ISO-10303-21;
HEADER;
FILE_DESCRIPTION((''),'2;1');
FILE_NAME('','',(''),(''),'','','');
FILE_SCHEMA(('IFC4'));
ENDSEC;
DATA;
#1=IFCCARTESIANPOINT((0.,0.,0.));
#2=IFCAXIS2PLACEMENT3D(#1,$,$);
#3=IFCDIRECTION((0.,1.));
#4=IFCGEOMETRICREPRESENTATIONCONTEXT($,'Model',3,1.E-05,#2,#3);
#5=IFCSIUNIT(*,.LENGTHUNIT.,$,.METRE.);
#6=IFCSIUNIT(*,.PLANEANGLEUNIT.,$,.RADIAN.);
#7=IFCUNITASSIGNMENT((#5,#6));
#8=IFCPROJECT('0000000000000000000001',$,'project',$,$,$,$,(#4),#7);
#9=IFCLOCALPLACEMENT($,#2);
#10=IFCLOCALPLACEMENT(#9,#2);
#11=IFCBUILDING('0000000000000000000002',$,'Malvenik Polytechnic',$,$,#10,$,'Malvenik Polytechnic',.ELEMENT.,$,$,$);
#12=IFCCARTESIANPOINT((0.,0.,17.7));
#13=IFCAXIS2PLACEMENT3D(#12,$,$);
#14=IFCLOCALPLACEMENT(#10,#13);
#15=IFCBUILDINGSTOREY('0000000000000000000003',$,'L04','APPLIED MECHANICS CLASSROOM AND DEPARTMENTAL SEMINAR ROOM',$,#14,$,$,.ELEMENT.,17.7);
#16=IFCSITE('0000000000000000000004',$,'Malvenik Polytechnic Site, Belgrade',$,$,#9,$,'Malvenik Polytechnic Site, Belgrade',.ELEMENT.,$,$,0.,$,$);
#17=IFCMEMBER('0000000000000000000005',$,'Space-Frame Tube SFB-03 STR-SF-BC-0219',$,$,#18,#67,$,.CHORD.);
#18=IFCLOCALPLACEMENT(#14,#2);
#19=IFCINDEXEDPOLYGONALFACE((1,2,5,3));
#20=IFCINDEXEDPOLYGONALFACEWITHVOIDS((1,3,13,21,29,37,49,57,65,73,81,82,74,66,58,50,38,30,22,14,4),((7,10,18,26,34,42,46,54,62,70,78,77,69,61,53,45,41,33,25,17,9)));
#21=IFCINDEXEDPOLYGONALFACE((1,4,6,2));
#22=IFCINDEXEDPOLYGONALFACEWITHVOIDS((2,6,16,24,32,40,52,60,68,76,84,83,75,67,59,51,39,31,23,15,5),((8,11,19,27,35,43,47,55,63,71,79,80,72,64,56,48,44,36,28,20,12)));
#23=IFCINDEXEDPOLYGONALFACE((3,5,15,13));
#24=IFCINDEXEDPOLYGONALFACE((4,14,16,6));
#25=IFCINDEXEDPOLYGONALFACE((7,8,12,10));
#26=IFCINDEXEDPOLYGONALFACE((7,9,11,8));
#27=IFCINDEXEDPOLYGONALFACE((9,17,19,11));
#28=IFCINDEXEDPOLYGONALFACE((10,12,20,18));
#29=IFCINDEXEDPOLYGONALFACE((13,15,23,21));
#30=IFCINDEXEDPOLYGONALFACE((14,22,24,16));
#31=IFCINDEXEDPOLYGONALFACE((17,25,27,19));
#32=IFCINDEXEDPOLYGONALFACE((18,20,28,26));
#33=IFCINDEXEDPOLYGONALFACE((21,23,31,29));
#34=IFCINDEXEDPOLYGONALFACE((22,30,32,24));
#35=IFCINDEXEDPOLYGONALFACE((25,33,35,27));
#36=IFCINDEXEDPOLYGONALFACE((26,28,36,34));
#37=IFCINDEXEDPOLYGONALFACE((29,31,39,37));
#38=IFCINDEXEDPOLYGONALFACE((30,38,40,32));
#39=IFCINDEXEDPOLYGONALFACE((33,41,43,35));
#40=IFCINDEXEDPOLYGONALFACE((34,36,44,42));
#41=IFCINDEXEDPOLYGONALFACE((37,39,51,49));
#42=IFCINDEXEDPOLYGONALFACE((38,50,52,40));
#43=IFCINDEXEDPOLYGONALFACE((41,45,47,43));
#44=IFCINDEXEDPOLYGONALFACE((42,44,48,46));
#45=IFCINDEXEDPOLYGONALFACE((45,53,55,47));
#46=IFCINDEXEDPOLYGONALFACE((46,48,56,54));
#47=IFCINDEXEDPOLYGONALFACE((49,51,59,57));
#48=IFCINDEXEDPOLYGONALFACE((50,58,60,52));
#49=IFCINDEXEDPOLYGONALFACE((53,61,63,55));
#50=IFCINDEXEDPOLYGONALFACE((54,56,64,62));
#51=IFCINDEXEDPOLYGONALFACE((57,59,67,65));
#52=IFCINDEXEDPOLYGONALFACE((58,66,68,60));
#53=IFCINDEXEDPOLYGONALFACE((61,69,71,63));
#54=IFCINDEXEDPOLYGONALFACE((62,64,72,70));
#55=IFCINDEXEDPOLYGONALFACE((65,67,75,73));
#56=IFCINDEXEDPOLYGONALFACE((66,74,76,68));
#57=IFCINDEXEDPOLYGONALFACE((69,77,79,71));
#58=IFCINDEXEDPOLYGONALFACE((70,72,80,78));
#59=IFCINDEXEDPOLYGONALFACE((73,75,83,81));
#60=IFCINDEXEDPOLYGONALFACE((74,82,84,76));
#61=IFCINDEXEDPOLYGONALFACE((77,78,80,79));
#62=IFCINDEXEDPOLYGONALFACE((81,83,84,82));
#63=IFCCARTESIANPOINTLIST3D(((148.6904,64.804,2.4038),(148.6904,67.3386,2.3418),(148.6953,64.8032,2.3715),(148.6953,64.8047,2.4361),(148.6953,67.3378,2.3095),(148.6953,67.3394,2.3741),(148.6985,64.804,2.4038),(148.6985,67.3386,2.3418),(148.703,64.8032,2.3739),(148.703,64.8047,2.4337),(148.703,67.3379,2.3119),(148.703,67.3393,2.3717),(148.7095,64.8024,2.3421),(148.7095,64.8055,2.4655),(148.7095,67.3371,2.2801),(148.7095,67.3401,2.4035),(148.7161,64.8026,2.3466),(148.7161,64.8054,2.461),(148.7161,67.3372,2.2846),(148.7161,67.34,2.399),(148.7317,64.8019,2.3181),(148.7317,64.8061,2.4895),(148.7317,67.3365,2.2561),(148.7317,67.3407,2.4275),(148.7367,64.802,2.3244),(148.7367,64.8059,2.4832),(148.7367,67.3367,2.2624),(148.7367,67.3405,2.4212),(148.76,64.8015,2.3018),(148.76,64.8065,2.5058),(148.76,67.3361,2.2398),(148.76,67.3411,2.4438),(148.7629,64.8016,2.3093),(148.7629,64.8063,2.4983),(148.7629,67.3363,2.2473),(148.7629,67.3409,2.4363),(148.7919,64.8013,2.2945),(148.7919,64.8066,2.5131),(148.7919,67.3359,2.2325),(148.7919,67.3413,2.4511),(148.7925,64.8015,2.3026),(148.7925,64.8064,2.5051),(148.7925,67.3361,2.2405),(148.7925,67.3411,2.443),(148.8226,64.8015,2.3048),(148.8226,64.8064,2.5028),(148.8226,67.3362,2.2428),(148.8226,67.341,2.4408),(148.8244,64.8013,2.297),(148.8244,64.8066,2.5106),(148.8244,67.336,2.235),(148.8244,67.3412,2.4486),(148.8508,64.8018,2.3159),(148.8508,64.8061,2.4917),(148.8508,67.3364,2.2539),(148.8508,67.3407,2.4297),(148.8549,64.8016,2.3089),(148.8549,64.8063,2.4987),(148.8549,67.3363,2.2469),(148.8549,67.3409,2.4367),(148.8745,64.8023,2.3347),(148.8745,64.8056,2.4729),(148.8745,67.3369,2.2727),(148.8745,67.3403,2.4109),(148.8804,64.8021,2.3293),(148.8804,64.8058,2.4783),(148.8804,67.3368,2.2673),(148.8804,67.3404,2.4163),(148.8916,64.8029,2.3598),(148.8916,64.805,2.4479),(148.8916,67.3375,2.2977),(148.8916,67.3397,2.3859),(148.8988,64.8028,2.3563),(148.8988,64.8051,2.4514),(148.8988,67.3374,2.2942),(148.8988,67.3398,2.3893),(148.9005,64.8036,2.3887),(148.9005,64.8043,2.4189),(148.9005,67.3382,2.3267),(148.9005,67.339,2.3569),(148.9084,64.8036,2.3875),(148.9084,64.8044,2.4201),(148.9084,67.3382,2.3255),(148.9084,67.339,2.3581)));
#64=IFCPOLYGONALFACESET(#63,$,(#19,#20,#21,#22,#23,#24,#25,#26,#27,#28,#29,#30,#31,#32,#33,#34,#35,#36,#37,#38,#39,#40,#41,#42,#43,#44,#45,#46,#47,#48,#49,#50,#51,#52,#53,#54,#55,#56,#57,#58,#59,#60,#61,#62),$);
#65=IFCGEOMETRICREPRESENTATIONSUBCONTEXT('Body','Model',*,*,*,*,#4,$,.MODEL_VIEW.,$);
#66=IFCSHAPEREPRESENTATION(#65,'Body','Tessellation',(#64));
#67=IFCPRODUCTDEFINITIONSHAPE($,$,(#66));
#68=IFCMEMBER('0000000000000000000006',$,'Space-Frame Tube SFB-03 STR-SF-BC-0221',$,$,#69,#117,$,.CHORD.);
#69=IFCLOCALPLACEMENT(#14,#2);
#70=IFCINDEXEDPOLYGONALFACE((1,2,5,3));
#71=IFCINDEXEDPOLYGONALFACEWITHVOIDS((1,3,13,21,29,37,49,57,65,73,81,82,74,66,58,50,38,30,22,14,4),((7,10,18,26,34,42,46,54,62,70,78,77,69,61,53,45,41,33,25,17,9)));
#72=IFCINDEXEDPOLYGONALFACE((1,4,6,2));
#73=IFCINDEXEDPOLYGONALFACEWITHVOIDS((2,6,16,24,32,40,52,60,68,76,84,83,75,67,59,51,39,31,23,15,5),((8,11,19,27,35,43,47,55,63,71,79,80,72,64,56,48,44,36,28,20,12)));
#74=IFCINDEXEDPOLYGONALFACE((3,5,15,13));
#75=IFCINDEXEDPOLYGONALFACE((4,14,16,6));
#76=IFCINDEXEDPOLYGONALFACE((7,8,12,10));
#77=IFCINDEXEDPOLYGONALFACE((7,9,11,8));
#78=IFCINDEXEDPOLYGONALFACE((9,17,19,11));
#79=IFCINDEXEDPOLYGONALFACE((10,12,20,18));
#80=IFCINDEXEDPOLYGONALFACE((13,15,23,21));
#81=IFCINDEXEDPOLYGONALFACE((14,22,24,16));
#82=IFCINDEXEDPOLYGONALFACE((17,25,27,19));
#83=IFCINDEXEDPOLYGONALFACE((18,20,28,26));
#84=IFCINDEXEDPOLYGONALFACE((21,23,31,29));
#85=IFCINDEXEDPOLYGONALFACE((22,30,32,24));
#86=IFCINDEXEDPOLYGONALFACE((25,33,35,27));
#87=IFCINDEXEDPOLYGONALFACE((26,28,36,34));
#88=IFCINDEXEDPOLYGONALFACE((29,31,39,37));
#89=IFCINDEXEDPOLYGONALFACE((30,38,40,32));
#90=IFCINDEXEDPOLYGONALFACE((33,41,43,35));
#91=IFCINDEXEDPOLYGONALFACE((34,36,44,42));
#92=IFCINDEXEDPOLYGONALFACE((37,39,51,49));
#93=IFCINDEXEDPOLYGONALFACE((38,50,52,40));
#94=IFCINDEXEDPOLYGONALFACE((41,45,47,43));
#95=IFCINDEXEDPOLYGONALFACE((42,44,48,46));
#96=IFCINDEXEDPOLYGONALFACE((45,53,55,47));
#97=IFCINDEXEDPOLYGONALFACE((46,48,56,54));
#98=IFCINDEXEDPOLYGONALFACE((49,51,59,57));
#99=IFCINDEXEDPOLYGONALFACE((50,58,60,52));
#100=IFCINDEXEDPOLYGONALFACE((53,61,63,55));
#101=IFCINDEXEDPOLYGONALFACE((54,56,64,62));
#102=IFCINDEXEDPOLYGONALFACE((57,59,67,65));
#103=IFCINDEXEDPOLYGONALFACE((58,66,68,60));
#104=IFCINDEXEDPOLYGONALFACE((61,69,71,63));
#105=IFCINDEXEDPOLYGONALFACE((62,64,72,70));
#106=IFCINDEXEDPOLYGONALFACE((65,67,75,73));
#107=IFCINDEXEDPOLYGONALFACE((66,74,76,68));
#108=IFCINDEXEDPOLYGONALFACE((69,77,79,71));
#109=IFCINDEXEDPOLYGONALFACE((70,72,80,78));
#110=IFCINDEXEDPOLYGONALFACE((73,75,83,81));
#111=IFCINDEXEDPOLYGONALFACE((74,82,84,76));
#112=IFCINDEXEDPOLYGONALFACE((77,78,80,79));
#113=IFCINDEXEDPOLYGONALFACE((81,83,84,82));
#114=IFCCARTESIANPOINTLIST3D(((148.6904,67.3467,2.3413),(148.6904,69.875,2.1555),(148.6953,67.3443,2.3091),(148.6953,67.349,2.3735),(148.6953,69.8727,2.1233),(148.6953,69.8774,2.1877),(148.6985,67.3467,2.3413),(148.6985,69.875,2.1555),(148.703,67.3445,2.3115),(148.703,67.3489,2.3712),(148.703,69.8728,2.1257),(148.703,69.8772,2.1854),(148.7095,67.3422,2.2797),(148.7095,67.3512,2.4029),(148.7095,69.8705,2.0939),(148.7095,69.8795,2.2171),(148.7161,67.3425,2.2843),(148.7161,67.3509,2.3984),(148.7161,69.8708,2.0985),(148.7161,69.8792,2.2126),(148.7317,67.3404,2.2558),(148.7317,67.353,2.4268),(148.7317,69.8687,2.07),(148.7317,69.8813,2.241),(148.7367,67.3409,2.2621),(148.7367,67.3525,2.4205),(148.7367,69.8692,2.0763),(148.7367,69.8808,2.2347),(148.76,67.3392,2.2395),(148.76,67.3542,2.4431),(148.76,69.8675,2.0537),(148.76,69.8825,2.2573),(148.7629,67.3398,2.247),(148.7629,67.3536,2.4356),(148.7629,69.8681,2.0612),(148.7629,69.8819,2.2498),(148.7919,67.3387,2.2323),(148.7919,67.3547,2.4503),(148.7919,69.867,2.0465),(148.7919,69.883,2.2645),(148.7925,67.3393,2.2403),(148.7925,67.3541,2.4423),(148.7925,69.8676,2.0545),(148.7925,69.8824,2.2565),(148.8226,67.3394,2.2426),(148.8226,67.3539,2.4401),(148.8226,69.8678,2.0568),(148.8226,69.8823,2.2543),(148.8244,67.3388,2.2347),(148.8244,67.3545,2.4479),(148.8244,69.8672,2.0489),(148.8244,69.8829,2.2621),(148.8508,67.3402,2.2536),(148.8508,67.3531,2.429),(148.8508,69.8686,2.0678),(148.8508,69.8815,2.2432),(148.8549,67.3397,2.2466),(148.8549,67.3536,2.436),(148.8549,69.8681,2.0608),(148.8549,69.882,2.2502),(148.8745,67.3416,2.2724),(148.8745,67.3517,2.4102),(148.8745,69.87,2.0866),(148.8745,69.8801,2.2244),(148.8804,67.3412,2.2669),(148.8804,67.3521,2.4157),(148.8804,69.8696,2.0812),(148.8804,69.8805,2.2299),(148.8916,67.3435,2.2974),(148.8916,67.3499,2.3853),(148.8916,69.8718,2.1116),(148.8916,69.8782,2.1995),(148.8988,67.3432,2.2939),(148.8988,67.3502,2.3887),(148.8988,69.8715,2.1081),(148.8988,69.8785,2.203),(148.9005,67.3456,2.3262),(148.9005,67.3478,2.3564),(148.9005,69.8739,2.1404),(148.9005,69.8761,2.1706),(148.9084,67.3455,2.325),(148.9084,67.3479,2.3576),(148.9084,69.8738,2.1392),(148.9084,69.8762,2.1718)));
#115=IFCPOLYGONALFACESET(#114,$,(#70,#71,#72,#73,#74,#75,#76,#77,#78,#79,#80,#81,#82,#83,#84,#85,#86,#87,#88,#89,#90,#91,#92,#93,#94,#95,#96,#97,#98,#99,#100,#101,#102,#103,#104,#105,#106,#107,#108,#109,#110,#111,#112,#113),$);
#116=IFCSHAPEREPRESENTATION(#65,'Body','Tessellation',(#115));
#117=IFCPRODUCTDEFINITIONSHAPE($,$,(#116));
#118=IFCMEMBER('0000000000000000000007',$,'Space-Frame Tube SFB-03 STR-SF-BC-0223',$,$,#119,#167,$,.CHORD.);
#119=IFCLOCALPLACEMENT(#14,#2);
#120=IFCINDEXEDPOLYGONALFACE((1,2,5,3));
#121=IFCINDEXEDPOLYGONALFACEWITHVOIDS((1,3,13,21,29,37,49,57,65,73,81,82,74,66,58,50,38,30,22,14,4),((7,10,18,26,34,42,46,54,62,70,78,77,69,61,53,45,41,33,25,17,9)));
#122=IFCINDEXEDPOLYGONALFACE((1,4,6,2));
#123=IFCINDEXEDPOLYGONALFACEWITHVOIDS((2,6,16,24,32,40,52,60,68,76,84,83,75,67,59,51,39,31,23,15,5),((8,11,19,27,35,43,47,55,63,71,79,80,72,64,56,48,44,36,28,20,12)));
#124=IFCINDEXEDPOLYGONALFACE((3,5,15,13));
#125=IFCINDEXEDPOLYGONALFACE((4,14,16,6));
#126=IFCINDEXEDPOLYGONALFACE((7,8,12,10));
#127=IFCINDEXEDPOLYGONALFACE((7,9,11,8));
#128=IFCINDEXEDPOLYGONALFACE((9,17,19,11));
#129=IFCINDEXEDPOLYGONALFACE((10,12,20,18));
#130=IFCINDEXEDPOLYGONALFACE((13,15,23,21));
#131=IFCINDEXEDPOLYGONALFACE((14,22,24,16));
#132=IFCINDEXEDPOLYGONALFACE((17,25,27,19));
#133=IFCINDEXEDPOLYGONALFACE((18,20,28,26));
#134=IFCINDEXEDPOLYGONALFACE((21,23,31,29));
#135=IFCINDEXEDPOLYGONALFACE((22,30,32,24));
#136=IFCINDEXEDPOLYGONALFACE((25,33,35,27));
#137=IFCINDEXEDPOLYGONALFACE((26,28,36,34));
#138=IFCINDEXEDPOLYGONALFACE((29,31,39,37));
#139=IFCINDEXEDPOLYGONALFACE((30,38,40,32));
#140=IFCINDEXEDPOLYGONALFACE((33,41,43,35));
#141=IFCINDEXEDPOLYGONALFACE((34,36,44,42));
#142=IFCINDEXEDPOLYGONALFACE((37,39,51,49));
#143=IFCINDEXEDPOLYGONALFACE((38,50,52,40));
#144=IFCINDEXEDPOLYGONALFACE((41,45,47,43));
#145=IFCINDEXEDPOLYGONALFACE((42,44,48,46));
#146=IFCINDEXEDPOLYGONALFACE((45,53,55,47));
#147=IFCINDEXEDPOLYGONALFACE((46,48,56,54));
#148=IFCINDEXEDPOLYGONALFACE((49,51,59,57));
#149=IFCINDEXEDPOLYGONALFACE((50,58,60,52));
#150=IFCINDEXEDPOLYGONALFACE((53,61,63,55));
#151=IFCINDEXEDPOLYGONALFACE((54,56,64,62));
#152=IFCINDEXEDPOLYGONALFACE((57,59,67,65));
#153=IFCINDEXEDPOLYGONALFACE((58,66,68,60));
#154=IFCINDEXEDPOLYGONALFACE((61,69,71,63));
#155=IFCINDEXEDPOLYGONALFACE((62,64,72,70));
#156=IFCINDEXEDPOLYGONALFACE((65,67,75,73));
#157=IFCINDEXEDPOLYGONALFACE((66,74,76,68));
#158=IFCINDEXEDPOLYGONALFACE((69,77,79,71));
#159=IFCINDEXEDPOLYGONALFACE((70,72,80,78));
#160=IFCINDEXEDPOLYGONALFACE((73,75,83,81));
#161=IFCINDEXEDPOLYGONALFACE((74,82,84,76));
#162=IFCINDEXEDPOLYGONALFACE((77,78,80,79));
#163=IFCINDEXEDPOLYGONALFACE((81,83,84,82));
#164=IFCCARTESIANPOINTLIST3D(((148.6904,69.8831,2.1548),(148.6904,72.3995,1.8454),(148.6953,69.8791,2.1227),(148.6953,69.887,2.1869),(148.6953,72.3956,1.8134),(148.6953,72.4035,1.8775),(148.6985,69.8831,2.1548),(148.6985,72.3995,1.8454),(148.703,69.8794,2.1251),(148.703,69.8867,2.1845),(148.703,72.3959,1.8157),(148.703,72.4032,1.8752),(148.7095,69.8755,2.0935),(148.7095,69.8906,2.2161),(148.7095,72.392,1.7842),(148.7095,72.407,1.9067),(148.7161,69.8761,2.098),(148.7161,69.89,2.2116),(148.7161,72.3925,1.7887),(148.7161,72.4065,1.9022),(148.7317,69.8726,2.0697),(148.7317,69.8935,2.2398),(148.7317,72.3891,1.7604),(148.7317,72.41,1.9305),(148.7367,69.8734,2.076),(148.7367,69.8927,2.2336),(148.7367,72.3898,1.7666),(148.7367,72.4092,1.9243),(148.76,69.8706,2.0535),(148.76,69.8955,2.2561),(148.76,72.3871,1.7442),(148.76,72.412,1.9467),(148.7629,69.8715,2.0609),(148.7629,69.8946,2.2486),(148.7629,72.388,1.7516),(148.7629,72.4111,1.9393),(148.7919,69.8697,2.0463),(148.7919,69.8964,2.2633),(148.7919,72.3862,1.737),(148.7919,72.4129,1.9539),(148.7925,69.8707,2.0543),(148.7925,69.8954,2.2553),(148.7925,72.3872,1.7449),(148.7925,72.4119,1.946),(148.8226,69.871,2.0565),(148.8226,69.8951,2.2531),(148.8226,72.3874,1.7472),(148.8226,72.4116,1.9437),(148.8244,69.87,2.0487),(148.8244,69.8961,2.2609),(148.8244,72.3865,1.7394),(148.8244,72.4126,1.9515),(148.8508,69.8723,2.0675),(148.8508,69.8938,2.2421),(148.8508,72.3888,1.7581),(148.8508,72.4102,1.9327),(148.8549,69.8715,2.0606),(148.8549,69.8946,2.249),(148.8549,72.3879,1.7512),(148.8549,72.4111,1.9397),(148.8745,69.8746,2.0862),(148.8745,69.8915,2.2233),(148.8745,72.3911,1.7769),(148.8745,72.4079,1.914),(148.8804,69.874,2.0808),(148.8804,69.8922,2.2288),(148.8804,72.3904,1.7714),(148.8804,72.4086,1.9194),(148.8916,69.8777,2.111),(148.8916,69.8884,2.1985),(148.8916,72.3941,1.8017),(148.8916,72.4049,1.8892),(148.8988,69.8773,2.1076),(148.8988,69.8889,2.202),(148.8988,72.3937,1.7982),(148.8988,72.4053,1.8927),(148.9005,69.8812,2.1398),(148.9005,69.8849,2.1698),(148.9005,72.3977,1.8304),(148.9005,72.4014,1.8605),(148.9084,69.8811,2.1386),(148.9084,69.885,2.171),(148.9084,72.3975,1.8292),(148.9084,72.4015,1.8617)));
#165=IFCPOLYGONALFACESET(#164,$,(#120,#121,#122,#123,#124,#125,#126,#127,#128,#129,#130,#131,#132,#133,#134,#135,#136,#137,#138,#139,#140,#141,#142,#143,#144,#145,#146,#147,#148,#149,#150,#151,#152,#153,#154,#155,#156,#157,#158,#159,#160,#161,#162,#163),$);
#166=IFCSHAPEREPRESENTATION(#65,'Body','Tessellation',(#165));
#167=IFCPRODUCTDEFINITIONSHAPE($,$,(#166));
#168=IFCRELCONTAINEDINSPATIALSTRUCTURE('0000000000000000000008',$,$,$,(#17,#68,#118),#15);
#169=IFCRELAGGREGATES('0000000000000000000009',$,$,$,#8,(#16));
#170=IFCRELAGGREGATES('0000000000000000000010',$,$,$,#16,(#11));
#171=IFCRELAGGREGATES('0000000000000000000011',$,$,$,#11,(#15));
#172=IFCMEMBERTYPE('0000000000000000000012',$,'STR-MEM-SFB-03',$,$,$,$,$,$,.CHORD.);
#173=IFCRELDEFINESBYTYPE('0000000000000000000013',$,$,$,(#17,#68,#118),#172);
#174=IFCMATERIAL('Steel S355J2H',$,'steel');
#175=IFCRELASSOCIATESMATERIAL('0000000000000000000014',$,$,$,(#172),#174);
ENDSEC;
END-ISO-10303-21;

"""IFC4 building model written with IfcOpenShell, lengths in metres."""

from ifc_helpers import new_model, si_unit, direction, frame, origin, origin_2d, place, context, subcontext, project, spatial, hollow_circle, extrude, material, material_profile, profile_set, type_object, element, save


model = new_model("IFC4")

# Units and contexts
model_context = context("Model", 3, precision=1e-05, world=origin(), true_north=direction((0.0, 1.0)))
body_context = subcontext(model_context, "Body", "Model", "MODEL_VIEW")
ifc_project = project(units=[si_unit("LENGTHUNIT", "METRE"), si_unit("PLANEANGLEUNIT", "RADIAN")], contexts=[model_context])

# Site, building, storey
site_placement = place(None, origin())
site = spatial("IfcSite", under=ifc_project, at=site_placement, Name="Malvenik Polytechnic Site, Belgrade", LongName="Malvenik Polytechnic Site, Belgrade", CompositionType="ELEMENT", RefElevation=0.0)
building_placement = place(site_placement, origin())
building = spatial("IfcBuilding", under=site, at=building_placement, Name="Malvenik Polytechnic", LongName="Malvenik Polytechnic", CompositionType="ELEMENT")
storey_placement = place(building_placement, frame((0.0, 0.0, 17.7)))
storey = spatial("IfcBuildingStorey", under=building, at=storey_placement, Name="L04", Description="APPLIED MECHANICS CLASSROOM AND DEPARTMENTAL SEMINAR ROOM", CompositionType="ELEMENT", Elevation=17.7)

# Members
ifc_material_1 = material(Name="Steel S355J2H", Category="steel")
ifc_material_profile_1 = material_profile(ifc_material_1, hollow_circle(Radius=0.1096, WallThickness=0.0081, at=origin_2d()), Name="CHS 219.1x8.0")
ifc_profile_set_1 = profile_set([ifc_material_profile_1], Name="Steel S355J2H")
member_type_1 = type_object("IfcMemberType", Name="STR-MEM-SFB-03", PredefinedType="CHORD", material=ifc_profile_set_1)
member_1_placement = place(storey_placement, frame((148.8, 64.804, 2.4038), z_axis=(0.0, 0.999701, -0.024458), x_axis=(-1.0, 0.0, 0.0)))
element("IfcMember", 1, at=member_1_placement, inside=storey, type_object=member_type_1, Name="Space-Frame Tube SFB-03 STR-SF-BC-0219", PredefinedType="CHORD", context=body_context, shape_type="SweptSolid", body=[
    extrude(hollow_circle(Radius=0.1096, WallThickness=0.0081, at=origin_2d()), origin(), (0.0, 0.0, 1.0), 2.5354),
])
member_2_placement = place(storey_placement, frame((148.8, 67.3467, 2.3413), z_axis=(0.0, 0.997311, -0.073286), x_axis=(-1.0, 0.0, 0.0)))
element("IfcMember", 2, at=member_2_placement, inside=storey, type_object=member_type_1, Name="Space-Frame Tube SFB-03 STR-SF-BC-0221", PredefinedType="CHORD", context=body_context, shape_type="SweptSolid", body=[
    extrude(hollow_circle(Radius=0.1096, WallThickness=0.0081, at=origin_2d()), origin(), (0.0, 0.0, 1.0), 2.5352),
])
for number, where, z_axis, x_axis, name in (
    (3, (148.8, 69.8831, 2.1548), (0.0, 0.992529, -0.122008), (-1.0, 0.0, 0.0), "Space-Frame Tube SFB-03 STR-SF-BC-0223"),
):
    element("IfcMember", number, at=place(storey_placement, frame(where, z_axis=z_axis, x_axis=x_axis)), inside=storey, type_object=member_type_1, Name=name, PredefinedType="CHORD", context=body_context, shape_type="SweptSolid", body=[
        extrude(hollow_circle(Radius=0.1096, WallThickness=0.0081, at=origin_2d()), origin(), (0.0, 0.0, 1.0), 2.5354),
    ])

save(model, "model.ifc")
